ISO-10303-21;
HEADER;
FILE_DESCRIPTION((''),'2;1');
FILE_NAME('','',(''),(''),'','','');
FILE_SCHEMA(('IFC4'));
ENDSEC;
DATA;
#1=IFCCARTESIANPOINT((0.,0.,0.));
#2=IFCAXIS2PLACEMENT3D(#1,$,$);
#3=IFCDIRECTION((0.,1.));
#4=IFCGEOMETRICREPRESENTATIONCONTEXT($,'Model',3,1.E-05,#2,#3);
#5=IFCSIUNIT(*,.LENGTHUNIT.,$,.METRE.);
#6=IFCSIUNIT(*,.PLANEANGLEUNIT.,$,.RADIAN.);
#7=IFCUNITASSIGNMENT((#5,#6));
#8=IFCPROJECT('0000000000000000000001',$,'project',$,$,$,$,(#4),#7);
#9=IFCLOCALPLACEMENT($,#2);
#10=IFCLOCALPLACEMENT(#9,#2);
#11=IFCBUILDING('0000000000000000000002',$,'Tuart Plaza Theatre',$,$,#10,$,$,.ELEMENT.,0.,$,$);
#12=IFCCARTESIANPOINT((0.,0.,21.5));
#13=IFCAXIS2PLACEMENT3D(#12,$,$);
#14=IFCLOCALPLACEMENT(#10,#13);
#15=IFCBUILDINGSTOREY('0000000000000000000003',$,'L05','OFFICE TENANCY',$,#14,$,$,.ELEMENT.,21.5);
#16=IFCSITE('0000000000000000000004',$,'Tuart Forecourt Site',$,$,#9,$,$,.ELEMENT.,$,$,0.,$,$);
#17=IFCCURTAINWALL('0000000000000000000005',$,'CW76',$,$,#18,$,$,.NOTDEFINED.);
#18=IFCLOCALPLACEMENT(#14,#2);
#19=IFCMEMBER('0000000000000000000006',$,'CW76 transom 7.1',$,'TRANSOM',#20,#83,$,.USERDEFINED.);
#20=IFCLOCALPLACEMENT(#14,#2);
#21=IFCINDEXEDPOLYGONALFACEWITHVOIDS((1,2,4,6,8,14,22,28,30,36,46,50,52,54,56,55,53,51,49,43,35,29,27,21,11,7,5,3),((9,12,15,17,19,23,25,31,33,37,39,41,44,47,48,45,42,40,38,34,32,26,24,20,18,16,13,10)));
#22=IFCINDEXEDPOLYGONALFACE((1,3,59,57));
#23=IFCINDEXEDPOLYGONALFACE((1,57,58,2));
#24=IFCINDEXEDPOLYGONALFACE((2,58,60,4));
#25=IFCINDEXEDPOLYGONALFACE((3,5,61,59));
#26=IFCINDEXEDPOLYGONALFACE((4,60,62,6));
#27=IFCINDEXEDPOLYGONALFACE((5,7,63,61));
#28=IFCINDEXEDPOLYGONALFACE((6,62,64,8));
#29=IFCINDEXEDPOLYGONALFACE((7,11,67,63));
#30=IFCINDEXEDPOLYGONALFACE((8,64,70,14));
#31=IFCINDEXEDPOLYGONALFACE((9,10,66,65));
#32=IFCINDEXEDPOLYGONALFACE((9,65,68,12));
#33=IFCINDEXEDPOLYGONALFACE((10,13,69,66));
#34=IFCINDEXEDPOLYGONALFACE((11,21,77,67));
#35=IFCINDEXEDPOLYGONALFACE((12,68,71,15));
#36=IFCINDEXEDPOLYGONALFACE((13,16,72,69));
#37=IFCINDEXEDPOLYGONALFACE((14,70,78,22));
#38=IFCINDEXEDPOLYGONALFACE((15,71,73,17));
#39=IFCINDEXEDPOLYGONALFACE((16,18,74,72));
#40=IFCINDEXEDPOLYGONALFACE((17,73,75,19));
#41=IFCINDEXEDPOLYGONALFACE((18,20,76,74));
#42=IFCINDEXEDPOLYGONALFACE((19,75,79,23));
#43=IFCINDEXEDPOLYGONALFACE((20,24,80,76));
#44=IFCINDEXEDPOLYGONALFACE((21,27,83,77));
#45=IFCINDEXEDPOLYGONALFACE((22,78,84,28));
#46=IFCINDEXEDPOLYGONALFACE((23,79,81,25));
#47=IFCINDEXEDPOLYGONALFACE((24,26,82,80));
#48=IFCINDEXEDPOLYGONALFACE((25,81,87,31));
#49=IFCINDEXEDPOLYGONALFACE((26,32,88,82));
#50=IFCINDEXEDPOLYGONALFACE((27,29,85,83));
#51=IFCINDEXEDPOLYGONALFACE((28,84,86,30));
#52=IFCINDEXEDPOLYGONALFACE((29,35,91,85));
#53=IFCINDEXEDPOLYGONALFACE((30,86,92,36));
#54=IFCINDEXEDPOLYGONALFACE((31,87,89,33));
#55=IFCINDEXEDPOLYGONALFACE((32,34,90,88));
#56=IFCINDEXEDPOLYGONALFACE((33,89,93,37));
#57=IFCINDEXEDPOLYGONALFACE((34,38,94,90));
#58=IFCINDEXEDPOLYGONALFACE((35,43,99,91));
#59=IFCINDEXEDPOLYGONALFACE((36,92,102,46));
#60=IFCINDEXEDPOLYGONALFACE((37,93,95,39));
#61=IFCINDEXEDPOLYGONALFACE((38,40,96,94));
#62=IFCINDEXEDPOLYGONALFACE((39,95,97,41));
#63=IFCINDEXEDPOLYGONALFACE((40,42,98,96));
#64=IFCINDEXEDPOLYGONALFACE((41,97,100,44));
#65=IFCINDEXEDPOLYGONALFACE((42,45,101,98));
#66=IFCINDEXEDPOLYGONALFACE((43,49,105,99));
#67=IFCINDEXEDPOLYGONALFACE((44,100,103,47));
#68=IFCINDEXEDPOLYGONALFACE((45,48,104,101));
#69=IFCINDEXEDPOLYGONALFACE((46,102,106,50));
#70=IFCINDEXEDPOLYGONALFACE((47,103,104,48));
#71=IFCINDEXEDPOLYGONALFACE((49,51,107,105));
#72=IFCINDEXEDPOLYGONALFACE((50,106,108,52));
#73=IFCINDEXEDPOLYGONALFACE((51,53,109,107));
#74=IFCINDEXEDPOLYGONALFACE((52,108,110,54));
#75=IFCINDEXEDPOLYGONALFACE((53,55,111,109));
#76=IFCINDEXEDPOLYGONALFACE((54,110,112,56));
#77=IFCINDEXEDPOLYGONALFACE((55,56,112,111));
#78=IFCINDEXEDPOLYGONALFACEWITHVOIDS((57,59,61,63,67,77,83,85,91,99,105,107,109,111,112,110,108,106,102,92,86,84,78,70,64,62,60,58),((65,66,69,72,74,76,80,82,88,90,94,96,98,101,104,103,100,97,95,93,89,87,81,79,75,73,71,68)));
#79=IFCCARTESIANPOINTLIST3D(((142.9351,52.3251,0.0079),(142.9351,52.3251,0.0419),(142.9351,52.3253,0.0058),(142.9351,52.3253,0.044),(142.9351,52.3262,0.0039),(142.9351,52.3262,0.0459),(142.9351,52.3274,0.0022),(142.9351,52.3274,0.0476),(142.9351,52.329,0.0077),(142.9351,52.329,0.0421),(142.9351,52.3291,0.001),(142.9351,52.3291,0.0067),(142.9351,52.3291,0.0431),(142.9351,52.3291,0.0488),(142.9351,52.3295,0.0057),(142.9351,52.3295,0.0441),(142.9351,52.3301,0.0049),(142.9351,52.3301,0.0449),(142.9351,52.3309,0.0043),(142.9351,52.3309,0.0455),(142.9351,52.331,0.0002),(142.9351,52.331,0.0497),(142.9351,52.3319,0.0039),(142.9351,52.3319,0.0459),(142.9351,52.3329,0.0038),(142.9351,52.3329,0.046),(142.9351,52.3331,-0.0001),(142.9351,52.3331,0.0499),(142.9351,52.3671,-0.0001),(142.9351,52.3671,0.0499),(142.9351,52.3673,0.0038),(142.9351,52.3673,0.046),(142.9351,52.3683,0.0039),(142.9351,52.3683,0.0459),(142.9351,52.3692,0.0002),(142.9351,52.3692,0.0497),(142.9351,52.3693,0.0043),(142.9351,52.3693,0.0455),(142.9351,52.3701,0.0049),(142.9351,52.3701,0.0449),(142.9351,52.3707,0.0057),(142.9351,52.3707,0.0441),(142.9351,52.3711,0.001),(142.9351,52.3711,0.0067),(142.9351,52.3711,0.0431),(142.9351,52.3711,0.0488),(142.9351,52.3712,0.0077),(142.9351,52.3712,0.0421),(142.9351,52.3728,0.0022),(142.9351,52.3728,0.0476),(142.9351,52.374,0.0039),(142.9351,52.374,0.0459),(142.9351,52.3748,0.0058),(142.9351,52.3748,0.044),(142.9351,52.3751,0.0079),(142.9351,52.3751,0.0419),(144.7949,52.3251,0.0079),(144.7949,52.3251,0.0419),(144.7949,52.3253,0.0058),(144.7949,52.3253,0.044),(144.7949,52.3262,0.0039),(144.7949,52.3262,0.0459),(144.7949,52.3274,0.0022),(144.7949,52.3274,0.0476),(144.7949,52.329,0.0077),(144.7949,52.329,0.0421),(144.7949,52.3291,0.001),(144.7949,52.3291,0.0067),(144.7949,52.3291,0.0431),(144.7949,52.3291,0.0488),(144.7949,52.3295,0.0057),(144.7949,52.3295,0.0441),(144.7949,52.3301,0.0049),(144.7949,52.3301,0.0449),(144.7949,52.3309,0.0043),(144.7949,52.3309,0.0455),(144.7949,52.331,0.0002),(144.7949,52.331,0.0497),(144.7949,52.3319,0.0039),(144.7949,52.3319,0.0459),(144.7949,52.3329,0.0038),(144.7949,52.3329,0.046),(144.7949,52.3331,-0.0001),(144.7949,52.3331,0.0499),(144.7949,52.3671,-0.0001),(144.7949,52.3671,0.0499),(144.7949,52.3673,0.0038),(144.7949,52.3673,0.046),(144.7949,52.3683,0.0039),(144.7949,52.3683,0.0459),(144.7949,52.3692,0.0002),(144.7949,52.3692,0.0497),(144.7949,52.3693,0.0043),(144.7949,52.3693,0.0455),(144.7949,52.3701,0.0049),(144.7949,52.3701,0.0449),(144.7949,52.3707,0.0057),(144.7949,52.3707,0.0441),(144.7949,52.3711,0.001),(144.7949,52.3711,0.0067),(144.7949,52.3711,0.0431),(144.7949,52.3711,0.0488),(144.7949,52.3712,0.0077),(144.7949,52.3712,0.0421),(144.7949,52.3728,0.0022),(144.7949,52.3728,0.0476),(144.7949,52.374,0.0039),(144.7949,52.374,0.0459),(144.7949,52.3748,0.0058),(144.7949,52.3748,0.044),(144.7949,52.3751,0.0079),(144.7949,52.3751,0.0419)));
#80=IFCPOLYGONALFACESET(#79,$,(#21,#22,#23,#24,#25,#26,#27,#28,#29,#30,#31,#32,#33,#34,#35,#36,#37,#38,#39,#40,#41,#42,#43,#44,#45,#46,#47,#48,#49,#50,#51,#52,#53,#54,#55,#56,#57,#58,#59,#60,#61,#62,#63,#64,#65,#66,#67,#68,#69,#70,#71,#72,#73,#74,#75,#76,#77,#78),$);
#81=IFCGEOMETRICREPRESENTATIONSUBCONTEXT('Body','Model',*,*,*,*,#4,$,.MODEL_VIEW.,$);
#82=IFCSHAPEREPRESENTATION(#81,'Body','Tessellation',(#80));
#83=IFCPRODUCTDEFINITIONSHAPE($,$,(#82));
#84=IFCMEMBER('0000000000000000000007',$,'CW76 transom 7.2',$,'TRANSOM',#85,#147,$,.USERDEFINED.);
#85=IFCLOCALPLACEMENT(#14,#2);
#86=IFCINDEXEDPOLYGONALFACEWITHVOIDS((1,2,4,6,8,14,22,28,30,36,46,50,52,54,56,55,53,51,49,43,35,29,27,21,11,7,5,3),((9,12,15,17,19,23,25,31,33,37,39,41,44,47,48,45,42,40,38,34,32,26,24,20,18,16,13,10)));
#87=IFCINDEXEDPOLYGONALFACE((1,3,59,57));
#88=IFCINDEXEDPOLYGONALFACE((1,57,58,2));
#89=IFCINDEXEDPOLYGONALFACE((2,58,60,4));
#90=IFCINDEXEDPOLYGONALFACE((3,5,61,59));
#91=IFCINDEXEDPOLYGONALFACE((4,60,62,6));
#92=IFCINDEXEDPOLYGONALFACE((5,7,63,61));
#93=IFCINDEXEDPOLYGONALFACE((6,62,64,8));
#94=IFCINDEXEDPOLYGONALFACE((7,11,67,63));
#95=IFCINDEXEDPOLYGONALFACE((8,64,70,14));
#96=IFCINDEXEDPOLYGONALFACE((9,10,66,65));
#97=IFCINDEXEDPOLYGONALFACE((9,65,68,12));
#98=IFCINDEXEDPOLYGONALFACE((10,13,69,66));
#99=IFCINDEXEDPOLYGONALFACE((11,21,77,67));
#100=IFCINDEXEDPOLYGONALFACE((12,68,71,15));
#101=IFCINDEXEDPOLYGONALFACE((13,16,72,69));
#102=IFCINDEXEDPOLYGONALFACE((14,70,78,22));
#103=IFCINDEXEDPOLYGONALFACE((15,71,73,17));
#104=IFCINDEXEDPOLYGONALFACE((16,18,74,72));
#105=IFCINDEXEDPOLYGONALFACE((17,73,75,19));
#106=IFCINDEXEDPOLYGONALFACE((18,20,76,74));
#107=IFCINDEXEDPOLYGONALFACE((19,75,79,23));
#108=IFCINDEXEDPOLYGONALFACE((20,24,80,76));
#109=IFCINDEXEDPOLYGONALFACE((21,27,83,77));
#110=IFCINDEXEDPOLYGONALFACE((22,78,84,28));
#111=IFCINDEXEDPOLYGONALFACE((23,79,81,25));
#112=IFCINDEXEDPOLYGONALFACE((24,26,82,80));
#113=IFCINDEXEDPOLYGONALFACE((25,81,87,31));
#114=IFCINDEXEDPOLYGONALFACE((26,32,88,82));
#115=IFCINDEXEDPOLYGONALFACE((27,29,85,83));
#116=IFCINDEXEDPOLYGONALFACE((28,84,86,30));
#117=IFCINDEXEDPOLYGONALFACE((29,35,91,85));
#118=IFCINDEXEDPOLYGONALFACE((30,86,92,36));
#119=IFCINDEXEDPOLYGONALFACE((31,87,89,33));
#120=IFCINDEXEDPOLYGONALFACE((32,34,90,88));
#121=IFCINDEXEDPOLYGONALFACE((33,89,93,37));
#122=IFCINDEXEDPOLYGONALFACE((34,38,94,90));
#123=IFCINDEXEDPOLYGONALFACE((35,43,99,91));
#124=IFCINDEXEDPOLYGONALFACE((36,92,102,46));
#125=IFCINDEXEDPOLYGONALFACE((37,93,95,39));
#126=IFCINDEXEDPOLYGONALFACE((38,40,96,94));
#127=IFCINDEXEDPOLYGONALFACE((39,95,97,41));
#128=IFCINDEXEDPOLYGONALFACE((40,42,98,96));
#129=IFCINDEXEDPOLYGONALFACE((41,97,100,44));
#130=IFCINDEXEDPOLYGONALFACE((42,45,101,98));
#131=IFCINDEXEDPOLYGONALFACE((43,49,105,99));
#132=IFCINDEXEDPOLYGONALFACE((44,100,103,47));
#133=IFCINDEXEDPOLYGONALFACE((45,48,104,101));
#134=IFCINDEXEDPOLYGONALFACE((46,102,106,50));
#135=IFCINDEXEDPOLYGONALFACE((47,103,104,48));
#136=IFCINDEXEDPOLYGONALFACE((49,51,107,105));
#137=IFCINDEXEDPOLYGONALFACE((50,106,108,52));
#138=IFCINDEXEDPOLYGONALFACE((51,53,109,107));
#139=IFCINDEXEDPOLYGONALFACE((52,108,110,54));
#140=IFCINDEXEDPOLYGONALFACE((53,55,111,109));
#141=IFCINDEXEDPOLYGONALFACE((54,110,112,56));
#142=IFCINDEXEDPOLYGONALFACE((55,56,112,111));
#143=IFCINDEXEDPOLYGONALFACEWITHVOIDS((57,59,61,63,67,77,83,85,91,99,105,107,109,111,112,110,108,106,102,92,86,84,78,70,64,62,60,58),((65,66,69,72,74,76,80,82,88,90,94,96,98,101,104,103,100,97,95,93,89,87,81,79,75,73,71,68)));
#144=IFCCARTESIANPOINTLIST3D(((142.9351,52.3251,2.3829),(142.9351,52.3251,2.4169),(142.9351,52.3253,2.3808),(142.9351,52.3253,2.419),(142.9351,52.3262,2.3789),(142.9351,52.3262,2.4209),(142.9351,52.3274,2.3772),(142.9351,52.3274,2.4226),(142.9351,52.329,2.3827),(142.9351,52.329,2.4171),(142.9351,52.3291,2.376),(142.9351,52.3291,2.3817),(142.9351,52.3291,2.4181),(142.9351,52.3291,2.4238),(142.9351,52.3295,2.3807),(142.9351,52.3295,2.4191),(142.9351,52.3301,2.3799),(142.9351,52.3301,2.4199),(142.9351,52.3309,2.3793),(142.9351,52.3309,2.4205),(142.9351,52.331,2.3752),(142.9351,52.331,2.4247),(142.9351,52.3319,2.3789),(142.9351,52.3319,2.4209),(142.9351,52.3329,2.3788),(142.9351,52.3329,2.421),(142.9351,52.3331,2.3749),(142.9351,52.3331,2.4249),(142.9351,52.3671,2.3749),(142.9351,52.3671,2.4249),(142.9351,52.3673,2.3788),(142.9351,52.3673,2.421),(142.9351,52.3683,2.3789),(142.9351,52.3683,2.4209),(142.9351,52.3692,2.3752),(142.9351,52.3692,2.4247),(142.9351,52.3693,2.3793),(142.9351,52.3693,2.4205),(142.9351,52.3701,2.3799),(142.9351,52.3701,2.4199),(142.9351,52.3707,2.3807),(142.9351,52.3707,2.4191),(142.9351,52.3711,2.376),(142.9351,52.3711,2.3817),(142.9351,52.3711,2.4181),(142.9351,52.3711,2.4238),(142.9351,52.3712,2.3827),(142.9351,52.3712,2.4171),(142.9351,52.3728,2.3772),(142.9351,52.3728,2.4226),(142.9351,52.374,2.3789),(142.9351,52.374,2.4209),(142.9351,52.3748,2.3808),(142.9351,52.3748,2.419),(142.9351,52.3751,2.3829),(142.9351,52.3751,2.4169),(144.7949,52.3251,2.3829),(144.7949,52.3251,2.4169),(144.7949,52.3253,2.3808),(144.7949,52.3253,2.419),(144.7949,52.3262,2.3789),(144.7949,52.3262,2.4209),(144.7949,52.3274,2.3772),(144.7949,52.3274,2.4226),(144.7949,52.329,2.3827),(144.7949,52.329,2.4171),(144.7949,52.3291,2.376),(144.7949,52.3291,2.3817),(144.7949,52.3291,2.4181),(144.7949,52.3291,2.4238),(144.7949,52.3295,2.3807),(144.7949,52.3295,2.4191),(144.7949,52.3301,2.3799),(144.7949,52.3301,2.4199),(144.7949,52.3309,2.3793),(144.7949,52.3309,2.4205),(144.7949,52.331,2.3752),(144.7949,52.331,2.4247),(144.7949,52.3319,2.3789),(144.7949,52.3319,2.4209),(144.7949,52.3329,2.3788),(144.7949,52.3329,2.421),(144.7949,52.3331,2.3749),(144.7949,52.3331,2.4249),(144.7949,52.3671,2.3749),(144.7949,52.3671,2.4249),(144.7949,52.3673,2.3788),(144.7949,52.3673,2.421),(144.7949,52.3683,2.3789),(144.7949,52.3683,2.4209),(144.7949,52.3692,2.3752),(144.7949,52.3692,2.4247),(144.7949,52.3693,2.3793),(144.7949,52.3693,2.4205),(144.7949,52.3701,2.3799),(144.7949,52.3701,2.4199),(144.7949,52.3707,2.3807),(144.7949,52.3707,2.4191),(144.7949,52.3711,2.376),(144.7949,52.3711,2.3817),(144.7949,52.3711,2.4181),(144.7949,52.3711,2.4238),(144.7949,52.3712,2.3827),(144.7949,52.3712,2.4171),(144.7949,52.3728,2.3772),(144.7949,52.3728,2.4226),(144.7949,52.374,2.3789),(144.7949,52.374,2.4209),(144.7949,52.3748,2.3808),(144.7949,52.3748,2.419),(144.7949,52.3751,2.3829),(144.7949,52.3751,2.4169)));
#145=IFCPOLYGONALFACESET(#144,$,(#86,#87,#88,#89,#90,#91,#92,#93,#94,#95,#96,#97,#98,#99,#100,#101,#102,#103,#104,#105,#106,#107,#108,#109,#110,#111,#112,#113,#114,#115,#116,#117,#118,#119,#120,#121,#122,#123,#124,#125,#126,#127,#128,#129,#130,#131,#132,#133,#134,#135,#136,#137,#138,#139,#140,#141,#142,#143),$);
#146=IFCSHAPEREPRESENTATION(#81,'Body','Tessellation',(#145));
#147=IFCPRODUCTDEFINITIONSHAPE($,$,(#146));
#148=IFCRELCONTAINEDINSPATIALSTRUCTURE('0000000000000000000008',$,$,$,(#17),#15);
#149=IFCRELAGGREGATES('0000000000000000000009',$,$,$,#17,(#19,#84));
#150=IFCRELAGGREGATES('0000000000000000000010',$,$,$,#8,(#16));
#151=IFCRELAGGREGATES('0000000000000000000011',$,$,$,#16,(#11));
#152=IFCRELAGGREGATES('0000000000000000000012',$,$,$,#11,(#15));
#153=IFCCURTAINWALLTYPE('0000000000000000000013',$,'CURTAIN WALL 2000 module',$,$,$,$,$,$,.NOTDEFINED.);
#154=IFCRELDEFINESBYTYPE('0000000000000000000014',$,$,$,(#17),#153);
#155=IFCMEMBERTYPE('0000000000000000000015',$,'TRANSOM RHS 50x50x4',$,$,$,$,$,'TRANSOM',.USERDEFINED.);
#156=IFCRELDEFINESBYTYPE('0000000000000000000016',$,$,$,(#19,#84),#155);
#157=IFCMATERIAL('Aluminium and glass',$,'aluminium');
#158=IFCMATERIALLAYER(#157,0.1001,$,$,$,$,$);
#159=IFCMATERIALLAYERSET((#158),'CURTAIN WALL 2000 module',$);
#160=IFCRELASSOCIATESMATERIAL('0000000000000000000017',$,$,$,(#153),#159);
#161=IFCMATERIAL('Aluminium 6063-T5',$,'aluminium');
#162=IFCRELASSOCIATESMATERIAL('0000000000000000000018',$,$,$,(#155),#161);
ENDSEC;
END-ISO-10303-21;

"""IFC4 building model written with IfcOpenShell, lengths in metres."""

from ifc_helpers import new_model, si_unit, direction, frame, origin, origin_2d, place, context, subcontext, project, spatial, hollow_rectangle, extrude, material, layer, layer_set, material_profile, profile_set, type_object, element, aggregate, save


model = new_model("IFC4")

# Units and contexts
model_context = context("Model", 3, precision=1e-05, world=origin(), true_north=direction((0.0, 1.0)))
body_context = subcontext(model_context, "Body", "Model", "MODEL_VIEW")
ifc_project = project(units=[si_unit("LENGTHUNIT", "METRE"), si_unit("PLANEANGLEUNIT", "RADIAN")], contexts=[model_context])

# Site, building, storey
site_placement = place(None, origin())
site = spatial("IfcSite", under=ifc_project, at=site_placement, Name="Tuart Forecourt Site", CompositionType="ELEMENT", RefElevation=0.0)
building_placement = place(site_placement, origin())
building = spatial("IfcBuilding", under=site, at=building_placement, Name="Tuart Plaza Theatre", CompositionType="ELEMENT", ElevationOfRefHeight=0.0)
storey_placement = place(building_placement, frame((0.0, 0.0, 21.5)))
storey = spatial("IfcBuildingStorey", under=building, at=storey_placement, Name="L05", Description="OFFICE TENANCY", CompositionType="ELEMENT", Elevation=21.5)

# Curtain wall, members
ifc_material_1 = material(Name="Aluminium and glass", Category="aluminium")
ifc_layer_1 = layer(ifc_material_1, 0.1001)
ifc_layer_set_1 = layer_set([ifc_layer_1], Name="CURTAIN WALL 2000 module")
curtain_wall_type = type_object("IfcCurtainWallType", Name="CURTAIN WALL 2000 module", PredefinedType="NOTDEFINED", material=ifc_layer_set_1)
curtain_wall_placement = place(storey_placement, origin())
curtain_wall = element("IfcCurtainWall", 1, at=curtain_wall_placement, inside=storey, type_object=curtain_wall_type, Name="CW76", PredefinedType="NOTDEFINED")
ifc_material_2 = material(Name="Aluminium 6063-T5", Category="aluminium")
ifc_material_profile_1 = material_profile(ifc_material_2, hollow_rectangle(XDim=0.05, YDim=0.05, WallThickness=0.0039, InnerFilletRadius=0.0039, OuterFilletRadius=0.0081, at=origin_2d()), Name="RHS 50x50x4")
ifc_profile_set_1 = profile_set([ifc_material_profile_1], Name="Aluminium 6063-T5")
member_type_1 = type_object("IfcMemberType", Name="TRANSOM RHS 50x50x4", ElementType="TRANSOM", PredefinedType="USERDEFINED", material=ifc_profile_set_1)
member_1_placement = place(storey_placement, frame((142.9351, 52.3501, 0.0249), z_axis=(1.0, 0.0, 0.0), x_axis=(0.0, 1.0, 0.0)))
member_1 = element("IfcMember", 2, at=member_1_placement, type_object=member_type_1, Name="CW76 transom 7.1", ObjectType="TRANSOM", PredefinedType="USERDEFINED", context=body_context, shape_type="SweptSolid", body=[
    extrude(hollow_rectangle(XDim=0.05, YDim=0.05, WallThickness=0.0039, InnerFilletRadius=0.0039, OuterFilletRadius=0.0081, at=origin_2d()), origin(), (0.0, 0.0, 1.0), 1.8599),
])
member_2_placement = place(storey_placement, frame((142.9351, 52.3501, 2.3999), z_axis=(1.0, 0.0, 0.0), x_axis=(0.0, 1.0, 0.0)))
member_2 = element("IfcMember", 3, at=member_2_placement, type_object=member_type_1, Name="CW76 transom 7.2", ObjectType="TRANSOM", PredefinedType="USERDEFINED", context=body_context, shape_type="SweptSolid", body=[
    extrude(hollow_rectangle(XDim=0.05, YDim=0.05, WallThickness=0.0039, InnerFilletRadius=0.0039, OuterFilletRadius=0.0081, at=origin_2d()), origin(), (0.0, 0.0, 1.0), 1.8599),
])
aggregate(curtain_wall, [member_1, member_2])

save(model, "model.ifc")
